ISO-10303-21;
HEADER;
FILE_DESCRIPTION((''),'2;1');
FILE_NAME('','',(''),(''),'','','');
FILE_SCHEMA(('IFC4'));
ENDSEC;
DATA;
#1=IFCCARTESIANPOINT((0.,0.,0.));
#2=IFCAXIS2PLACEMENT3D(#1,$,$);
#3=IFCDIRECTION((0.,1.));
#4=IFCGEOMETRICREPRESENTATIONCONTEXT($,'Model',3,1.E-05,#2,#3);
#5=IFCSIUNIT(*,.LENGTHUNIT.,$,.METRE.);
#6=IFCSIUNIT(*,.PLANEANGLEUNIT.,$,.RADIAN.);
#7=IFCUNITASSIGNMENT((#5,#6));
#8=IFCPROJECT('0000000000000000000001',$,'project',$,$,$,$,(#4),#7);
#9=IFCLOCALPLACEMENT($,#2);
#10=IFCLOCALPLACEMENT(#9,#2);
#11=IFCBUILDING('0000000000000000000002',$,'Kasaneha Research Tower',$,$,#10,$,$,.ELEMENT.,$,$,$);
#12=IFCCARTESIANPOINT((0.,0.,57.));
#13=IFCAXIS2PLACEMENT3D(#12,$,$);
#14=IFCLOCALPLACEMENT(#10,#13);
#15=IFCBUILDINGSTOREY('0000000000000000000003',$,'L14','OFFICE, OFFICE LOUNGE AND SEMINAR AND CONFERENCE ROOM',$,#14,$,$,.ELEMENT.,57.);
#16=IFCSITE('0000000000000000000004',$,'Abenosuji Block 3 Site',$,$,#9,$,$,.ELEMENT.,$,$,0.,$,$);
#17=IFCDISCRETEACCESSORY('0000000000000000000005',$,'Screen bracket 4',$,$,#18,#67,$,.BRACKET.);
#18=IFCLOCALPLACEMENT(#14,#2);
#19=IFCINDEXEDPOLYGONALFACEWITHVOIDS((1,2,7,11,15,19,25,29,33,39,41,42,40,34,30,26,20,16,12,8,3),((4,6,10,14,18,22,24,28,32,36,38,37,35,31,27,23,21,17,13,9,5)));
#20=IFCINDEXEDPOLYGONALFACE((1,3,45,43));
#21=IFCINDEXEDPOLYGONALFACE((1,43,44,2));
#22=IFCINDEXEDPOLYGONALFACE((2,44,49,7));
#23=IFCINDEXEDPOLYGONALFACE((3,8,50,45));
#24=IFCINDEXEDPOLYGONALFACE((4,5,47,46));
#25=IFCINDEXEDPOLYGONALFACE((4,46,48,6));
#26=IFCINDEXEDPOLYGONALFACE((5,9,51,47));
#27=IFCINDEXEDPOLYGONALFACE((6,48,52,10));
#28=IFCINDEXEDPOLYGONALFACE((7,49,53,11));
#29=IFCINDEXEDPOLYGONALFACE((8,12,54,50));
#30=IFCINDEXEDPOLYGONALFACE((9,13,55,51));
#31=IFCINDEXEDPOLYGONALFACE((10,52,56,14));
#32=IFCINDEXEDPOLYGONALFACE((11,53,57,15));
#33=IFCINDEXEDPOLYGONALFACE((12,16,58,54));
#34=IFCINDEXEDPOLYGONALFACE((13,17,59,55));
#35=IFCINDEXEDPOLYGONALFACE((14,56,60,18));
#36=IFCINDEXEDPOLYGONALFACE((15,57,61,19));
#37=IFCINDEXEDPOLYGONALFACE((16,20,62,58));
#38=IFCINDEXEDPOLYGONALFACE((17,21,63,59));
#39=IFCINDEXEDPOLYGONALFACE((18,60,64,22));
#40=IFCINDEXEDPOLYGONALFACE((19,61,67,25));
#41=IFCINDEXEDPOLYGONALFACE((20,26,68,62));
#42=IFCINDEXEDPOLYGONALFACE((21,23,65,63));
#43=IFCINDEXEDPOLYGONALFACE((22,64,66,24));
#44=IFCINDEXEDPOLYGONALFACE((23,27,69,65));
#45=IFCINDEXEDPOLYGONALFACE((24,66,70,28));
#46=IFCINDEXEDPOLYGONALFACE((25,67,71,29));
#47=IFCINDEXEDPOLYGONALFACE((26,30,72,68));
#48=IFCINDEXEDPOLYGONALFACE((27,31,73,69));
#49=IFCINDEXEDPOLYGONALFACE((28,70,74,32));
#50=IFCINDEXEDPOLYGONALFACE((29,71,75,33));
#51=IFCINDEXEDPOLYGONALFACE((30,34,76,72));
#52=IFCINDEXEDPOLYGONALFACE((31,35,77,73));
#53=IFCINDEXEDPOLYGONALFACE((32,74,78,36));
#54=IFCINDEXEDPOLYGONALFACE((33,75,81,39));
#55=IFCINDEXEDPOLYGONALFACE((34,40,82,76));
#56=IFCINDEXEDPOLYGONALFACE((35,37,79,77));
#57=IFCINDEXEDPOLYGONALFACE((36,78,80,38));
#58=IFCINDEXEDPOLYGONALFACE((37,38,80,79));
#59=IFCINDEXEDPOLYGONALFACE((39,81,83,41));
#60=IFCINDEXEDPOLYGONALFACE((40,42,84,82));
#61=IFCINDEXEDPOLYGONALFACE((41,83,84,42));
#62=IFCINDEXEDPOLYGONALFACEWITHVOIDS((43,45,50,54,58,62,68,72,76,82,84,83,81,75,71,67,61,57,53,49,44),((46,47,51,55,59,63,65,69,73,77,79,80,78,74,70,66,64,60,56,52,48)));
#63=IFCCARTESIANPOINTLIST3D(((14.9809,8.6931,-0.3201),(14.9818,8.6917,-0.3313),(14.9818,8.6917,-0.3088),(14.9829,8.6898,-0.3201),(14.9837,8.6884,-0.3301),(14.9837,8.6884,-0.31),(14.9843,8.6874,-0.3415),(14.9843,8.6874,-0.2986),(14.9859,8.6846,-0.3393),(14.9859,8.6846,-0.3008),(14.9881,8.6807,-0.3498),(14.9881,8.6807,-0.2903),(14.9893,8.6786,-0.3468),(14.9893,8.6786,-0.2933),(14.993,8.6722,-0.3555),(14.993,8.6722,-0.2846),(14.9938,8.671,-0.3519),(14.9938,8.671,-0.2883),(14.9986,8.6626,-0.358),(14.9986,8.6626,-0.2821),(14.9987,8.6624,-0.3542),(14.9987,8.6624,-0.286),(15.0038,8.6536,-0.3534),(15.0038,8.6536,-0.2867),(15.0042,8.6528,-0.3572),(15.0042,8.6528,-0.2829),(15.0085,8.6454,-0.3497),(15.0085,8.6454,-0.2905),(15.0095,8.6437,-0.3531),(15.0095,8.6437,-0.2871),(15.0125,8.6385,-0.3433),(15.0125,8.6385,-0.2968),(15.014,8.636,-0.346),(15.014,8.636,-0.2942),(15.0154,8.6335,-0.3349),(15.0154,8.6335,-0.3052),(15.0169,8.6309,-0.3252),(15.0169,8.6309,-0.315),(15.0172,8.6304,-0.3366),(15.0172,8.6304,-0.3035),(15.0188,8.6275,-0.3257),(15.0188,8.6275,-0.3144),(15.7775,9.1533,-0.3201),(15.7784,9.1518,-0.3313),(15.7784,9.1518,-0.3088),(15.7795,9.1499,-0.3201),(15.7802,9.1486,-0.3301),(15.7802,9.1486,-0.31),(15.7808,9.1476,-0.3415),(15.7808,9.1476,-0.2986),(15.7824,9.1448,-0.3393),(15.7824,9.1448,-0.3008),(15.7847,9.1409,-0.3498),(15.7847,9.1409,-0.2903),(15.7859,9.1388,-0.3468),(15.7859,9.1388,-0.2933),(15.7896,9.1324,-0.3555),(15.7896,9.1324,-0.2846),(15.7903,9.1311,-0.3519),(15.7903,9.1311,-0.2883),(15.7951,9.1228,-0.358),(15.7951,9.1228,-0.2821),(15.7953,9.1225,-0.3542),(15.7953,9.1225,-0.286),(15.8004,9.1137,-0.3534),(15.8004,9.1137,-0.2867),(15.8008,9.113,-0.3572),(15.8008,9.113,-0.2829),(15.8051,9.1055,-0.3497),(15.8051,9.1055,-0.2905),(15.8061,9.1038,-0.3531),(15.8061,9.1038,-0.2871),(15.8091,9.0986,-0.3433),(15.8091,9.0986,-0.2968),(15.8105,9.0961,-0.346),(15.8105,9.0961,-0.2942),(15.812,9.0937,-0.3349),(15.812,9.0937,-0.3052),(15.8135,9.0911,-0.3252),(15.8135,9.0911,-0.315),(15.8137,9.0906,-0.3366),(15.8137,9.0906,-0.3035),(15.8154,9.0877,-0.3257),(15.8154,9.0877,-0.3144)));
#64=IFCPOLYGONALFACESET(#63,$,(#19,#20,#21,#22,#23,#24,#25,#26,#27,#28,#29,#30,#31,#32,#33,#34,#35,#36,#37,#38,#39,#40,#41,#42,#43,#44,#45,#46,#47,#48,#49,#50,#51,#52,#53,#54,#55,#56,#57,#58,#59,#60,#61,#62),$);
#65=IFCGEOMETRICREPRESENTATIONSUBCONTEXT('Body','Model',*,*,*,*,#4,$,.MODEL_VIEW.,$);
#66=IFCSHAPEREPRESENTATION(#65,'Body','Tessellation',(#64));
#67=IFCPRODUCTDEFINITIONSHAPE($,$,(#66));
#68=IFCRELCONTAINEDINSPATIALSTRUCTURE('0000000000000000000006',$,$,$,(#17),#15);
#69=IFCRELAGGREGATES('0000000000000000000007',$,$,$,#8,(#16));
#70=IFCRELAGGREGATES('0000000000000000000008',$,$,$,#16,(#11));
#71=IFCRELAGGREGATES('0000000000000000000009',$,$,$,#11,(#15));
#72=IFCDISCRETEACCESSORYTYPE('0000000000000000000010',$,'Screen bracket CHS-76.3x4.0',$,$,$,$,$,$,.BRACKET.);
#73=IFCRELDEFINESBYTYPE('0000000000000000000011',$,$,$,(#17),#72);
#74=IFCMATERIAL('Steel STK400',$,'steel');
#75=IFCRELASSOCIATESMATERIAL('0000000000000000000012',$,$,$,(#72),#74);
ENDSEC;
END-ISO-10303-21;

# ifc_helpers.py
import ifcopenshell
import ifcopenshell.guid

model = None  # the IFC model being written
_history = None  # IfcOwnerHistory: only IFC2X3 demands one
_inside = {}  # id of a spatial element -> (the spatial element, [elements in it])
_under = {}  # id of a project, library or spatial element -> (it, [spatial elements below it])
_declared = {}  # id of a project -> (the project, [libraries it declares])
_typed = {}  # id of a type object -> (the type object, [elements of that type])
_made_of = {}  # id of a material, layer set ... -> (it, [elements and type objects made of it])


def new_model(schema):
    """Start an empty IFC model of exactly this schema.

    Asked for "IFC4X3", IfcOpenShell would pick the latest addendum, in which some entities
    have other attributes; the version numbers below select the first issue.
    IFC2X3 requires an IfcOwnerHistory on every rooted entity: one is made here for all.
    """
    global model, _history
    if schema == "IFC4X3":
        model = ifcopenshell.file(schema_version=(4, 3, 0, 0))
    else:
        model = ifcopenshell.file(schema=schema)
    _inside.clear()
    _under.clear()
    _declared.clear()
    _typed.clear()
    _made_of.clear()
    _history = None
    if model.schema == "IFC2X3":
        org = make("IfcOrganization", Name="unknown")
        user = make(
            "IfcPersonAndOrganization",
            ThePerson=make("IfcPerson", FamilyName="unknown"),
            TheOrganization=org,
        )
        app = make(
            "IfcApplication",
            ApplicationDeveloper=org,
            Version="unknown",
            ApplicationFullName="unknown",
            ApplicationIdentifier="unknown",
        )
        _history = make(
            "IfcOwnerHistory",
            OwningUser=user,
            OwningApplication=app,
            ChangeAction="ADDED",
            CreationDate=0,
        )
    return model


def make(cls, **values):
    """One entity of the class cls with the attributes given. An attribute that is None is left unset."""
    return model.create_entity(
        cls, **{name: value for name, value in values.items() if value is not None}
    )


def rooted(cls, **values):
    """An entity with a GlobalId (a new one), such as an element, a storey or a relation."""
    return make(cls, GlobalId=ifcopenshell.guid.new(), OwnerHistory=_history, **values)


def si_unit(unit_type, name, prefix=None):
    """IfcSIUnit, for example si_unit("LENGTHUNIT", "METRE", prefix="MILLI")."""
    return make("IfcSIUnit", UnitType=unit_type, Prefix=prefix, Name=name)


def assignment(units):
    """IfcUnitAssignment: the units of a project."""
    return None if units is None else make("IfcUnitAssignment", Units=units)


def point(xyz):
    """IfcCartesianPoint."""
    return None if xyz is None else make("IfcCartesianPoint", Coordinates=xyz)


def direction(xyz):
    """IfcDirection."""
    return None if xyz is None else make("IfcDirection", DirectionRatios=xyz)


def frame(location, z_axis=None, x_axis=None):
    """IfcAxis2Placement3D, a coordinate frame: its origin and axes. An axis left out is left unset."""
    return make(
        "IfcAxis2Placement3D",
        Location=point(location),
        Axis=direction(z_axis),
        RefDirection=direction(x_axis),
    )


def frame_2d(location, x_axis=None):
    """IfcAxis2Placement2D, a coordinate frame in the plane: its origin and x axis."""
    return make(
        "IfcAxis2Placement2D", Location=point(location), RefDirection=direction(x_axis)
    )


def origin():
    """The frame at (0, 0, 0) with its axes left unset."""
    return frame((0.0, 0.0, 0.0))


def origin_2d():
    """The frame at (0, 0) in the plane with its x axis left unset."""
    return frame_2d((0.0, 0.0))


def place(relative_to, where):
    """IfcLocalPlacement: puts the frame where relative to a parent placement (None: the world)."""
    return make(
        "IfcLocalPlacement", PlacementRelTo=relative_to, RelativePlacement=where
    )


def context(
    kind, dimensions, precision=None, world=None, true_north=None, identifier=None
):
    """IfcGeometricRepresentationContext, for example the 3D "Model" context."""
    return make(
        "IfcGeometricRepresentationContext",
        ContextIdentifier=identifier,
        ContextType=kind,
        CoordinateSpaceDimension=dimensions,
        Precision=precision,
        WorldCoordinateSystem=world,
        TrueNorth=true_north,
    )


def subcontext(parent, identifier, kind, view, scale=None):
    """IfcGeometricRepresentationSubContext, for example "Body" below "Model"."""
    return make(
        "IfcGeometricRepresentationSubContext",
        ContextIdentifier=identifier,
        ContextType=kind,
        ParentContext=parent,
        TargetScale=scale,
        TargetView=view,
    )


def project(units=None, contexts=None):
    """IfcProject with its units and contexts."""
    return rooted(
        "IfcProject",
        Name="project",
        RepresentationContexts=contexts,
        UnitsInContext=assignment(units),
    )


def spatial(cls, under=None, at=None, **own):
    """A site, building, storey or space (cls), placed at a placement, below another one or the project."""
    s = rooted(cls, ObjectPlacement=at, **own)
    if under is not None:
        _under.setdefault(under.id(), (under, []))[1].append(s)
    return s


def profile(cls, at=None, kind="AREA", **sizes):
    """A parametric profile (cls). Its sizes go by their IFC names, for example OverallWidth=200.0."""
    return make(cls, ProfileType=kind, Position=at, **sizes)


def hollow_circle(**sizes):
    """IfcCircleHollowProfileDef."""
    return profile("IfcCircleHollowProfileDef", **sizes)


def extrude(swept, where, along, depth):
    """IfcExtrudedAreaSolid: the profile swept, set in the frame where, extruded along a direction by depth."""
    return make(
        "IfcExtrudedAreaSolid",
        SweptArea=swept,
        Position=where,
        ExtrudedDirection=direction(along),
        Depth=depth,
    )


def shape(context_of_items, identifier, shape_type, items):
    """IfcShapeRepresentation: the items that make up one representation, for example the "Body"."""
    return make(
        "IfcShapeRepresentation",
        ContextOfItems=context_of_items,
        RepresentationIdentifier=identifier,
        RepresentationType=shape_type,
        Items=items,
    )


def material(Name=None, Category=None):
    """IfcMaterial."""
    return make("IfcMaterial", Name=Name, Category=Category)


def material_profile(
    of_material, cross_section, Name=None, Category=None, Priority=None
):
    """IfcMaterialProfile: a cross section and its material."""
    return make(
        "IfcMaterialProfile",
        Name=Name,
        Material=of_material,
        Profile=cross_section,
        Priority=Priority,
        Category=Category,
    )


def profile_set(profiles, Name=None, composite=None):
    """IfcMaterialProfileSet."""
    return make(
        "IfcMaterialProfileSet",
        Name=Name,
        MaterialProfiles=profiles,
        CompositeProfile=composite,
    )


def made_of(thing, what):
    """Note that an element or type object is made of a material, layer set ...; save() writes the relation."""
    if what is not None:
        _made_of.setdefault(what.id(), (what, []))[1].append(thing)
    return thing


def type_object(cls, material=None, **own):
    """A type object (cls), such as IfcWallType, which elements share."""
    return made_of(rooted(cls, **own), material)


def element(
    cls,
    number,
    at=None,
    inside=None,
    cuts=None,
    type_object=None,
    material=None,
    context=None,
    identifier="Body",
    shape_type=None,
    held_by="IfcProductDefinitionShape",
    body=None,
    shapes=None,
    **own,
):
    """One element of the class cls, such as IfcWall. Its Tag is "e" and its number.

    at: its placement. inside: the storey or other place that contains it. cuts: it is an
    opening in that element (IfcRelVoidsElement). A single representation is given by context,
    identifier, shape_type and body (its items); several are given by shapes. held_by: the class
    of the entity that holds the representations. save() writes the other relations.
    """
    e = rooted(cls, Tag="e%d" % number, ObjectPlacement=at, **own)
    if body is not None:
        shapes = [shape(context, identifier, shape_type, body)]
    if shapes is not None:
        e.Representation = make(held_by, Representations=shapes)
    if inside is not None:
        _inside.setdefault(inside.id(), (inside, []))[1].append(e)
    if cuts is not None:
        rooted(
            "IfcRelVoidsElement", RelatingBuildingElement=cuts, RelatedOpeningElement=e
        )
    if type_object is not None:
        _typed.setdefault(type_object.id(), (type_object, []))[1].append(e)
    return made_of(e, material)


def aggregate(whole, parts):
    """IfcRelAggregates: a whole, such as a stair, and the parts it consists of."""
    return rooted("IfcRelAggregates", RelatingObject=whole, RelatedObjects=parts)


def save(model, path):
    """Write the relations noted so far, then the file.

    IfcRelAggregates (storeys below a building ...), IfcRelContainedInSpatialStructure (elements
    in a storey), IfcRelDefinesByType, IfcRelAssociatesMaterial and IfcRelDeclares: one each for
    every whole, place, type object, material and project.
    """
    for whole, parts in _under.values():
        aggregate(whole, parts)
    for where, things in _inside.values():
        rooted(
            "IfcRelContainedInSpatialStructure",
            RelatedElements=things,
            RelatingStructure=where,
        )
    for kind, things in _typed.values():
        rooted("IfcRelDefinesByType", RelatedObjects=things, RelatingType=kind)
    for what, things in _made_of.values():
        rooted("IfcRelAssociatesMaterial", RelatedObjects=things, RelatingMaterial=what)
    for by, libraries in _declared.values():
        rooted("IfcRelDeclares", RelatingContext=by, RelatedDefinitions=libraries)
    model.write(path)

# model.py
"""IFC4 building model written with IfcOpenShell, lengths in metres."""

from ifc_helpers import new_model, si_unit, direction, frame, origin, origin_2d, place, context, subcontext, project, spatial, hollow_circle, extrude, material, material_profile, profile_set, type_object, element, save


model = new_model("IFC4")

# Units and contexts
model_context = context("Model", 3, precision=1e-05, world=origin(), true_north=direction((0.0, 1.0)))
body_context = subcontext(model_context, "Body", "Model", "MODEL_VIEW")
ifc_project = project(units=[si_unit("LENGTHUNIT", "METRE"), si_unit("PLANEANGLEUNIT", "RADIAN")], contexts=[model_context])

# Site, building, storey
site_placement = place(None, origin())
site = spatial("IfcSite", under=ifc_project, at=site_placement, Name="Abenosuji Block 3 Site", CompositionType="ELEMENT", RefElevation=0.0)
building_placement = place(site_placement, origin())
building = spatial("IfcBuilding", under=site, at=building_placement, Name="Kasaneha Research Tower", CompositionType="ELEMENT")
storey_placement = place(building_placement, frame((0.0, 0.0, 57.0)))
storey = spatial("IfcBuildingStorey", under=building, at=storey_placement, Name="L14", Description="OFFICE, OFFICE LOUNGE AND SEMINAR AND CONFERENCE ROOM", CompositionType="ELEMENT", Elevation=57.0)

# Discrete accessory
ifc_material_1 = material(Name="Steel STK400", Category="steel")
ifc_material_profile = material_profile(ifc_material_1, hollow_circle(Radius=0.0381, WallThickness=0.0039, at=origin_2d()), Name="CHS-76.3x4.0")
ifc_profile_set = profile_set([ifc_material_profile], Name="Steel STK400")
discrete_accessory_type = type_object("IfcDiscreteAccessoryType", Name="Screen bracket CHS-76.3x4.0", PredefinedType="BRACKET", material=ifc_profile_set)
for number, where, z_axis, x_axis, name in (
    (1, (15.0, 8.6602, -0.3201), (0.865898, 0.50022, 0.0), (-0.50022, 0.865898, 0.0), "Screen bracket 4"),
):
    element("IfcDiscreteAccessory", number, at=place(storey_placement, frame(where, z_axis=z_axis, x_axis=x_axis)), inside=storey, type_object=discrete_accessory_type, Name=name, PredefinedType="BRACKET", context=body_context, shape_type="SweptSolid", body=[
        extrude(hollow_circle(Radius=0.0381, WallThickness=0.0039, at=origin_2d()), origin(), (0.0, 0.0, 1.0), 0.9199),
    ])

save(model, "model.ifc")
